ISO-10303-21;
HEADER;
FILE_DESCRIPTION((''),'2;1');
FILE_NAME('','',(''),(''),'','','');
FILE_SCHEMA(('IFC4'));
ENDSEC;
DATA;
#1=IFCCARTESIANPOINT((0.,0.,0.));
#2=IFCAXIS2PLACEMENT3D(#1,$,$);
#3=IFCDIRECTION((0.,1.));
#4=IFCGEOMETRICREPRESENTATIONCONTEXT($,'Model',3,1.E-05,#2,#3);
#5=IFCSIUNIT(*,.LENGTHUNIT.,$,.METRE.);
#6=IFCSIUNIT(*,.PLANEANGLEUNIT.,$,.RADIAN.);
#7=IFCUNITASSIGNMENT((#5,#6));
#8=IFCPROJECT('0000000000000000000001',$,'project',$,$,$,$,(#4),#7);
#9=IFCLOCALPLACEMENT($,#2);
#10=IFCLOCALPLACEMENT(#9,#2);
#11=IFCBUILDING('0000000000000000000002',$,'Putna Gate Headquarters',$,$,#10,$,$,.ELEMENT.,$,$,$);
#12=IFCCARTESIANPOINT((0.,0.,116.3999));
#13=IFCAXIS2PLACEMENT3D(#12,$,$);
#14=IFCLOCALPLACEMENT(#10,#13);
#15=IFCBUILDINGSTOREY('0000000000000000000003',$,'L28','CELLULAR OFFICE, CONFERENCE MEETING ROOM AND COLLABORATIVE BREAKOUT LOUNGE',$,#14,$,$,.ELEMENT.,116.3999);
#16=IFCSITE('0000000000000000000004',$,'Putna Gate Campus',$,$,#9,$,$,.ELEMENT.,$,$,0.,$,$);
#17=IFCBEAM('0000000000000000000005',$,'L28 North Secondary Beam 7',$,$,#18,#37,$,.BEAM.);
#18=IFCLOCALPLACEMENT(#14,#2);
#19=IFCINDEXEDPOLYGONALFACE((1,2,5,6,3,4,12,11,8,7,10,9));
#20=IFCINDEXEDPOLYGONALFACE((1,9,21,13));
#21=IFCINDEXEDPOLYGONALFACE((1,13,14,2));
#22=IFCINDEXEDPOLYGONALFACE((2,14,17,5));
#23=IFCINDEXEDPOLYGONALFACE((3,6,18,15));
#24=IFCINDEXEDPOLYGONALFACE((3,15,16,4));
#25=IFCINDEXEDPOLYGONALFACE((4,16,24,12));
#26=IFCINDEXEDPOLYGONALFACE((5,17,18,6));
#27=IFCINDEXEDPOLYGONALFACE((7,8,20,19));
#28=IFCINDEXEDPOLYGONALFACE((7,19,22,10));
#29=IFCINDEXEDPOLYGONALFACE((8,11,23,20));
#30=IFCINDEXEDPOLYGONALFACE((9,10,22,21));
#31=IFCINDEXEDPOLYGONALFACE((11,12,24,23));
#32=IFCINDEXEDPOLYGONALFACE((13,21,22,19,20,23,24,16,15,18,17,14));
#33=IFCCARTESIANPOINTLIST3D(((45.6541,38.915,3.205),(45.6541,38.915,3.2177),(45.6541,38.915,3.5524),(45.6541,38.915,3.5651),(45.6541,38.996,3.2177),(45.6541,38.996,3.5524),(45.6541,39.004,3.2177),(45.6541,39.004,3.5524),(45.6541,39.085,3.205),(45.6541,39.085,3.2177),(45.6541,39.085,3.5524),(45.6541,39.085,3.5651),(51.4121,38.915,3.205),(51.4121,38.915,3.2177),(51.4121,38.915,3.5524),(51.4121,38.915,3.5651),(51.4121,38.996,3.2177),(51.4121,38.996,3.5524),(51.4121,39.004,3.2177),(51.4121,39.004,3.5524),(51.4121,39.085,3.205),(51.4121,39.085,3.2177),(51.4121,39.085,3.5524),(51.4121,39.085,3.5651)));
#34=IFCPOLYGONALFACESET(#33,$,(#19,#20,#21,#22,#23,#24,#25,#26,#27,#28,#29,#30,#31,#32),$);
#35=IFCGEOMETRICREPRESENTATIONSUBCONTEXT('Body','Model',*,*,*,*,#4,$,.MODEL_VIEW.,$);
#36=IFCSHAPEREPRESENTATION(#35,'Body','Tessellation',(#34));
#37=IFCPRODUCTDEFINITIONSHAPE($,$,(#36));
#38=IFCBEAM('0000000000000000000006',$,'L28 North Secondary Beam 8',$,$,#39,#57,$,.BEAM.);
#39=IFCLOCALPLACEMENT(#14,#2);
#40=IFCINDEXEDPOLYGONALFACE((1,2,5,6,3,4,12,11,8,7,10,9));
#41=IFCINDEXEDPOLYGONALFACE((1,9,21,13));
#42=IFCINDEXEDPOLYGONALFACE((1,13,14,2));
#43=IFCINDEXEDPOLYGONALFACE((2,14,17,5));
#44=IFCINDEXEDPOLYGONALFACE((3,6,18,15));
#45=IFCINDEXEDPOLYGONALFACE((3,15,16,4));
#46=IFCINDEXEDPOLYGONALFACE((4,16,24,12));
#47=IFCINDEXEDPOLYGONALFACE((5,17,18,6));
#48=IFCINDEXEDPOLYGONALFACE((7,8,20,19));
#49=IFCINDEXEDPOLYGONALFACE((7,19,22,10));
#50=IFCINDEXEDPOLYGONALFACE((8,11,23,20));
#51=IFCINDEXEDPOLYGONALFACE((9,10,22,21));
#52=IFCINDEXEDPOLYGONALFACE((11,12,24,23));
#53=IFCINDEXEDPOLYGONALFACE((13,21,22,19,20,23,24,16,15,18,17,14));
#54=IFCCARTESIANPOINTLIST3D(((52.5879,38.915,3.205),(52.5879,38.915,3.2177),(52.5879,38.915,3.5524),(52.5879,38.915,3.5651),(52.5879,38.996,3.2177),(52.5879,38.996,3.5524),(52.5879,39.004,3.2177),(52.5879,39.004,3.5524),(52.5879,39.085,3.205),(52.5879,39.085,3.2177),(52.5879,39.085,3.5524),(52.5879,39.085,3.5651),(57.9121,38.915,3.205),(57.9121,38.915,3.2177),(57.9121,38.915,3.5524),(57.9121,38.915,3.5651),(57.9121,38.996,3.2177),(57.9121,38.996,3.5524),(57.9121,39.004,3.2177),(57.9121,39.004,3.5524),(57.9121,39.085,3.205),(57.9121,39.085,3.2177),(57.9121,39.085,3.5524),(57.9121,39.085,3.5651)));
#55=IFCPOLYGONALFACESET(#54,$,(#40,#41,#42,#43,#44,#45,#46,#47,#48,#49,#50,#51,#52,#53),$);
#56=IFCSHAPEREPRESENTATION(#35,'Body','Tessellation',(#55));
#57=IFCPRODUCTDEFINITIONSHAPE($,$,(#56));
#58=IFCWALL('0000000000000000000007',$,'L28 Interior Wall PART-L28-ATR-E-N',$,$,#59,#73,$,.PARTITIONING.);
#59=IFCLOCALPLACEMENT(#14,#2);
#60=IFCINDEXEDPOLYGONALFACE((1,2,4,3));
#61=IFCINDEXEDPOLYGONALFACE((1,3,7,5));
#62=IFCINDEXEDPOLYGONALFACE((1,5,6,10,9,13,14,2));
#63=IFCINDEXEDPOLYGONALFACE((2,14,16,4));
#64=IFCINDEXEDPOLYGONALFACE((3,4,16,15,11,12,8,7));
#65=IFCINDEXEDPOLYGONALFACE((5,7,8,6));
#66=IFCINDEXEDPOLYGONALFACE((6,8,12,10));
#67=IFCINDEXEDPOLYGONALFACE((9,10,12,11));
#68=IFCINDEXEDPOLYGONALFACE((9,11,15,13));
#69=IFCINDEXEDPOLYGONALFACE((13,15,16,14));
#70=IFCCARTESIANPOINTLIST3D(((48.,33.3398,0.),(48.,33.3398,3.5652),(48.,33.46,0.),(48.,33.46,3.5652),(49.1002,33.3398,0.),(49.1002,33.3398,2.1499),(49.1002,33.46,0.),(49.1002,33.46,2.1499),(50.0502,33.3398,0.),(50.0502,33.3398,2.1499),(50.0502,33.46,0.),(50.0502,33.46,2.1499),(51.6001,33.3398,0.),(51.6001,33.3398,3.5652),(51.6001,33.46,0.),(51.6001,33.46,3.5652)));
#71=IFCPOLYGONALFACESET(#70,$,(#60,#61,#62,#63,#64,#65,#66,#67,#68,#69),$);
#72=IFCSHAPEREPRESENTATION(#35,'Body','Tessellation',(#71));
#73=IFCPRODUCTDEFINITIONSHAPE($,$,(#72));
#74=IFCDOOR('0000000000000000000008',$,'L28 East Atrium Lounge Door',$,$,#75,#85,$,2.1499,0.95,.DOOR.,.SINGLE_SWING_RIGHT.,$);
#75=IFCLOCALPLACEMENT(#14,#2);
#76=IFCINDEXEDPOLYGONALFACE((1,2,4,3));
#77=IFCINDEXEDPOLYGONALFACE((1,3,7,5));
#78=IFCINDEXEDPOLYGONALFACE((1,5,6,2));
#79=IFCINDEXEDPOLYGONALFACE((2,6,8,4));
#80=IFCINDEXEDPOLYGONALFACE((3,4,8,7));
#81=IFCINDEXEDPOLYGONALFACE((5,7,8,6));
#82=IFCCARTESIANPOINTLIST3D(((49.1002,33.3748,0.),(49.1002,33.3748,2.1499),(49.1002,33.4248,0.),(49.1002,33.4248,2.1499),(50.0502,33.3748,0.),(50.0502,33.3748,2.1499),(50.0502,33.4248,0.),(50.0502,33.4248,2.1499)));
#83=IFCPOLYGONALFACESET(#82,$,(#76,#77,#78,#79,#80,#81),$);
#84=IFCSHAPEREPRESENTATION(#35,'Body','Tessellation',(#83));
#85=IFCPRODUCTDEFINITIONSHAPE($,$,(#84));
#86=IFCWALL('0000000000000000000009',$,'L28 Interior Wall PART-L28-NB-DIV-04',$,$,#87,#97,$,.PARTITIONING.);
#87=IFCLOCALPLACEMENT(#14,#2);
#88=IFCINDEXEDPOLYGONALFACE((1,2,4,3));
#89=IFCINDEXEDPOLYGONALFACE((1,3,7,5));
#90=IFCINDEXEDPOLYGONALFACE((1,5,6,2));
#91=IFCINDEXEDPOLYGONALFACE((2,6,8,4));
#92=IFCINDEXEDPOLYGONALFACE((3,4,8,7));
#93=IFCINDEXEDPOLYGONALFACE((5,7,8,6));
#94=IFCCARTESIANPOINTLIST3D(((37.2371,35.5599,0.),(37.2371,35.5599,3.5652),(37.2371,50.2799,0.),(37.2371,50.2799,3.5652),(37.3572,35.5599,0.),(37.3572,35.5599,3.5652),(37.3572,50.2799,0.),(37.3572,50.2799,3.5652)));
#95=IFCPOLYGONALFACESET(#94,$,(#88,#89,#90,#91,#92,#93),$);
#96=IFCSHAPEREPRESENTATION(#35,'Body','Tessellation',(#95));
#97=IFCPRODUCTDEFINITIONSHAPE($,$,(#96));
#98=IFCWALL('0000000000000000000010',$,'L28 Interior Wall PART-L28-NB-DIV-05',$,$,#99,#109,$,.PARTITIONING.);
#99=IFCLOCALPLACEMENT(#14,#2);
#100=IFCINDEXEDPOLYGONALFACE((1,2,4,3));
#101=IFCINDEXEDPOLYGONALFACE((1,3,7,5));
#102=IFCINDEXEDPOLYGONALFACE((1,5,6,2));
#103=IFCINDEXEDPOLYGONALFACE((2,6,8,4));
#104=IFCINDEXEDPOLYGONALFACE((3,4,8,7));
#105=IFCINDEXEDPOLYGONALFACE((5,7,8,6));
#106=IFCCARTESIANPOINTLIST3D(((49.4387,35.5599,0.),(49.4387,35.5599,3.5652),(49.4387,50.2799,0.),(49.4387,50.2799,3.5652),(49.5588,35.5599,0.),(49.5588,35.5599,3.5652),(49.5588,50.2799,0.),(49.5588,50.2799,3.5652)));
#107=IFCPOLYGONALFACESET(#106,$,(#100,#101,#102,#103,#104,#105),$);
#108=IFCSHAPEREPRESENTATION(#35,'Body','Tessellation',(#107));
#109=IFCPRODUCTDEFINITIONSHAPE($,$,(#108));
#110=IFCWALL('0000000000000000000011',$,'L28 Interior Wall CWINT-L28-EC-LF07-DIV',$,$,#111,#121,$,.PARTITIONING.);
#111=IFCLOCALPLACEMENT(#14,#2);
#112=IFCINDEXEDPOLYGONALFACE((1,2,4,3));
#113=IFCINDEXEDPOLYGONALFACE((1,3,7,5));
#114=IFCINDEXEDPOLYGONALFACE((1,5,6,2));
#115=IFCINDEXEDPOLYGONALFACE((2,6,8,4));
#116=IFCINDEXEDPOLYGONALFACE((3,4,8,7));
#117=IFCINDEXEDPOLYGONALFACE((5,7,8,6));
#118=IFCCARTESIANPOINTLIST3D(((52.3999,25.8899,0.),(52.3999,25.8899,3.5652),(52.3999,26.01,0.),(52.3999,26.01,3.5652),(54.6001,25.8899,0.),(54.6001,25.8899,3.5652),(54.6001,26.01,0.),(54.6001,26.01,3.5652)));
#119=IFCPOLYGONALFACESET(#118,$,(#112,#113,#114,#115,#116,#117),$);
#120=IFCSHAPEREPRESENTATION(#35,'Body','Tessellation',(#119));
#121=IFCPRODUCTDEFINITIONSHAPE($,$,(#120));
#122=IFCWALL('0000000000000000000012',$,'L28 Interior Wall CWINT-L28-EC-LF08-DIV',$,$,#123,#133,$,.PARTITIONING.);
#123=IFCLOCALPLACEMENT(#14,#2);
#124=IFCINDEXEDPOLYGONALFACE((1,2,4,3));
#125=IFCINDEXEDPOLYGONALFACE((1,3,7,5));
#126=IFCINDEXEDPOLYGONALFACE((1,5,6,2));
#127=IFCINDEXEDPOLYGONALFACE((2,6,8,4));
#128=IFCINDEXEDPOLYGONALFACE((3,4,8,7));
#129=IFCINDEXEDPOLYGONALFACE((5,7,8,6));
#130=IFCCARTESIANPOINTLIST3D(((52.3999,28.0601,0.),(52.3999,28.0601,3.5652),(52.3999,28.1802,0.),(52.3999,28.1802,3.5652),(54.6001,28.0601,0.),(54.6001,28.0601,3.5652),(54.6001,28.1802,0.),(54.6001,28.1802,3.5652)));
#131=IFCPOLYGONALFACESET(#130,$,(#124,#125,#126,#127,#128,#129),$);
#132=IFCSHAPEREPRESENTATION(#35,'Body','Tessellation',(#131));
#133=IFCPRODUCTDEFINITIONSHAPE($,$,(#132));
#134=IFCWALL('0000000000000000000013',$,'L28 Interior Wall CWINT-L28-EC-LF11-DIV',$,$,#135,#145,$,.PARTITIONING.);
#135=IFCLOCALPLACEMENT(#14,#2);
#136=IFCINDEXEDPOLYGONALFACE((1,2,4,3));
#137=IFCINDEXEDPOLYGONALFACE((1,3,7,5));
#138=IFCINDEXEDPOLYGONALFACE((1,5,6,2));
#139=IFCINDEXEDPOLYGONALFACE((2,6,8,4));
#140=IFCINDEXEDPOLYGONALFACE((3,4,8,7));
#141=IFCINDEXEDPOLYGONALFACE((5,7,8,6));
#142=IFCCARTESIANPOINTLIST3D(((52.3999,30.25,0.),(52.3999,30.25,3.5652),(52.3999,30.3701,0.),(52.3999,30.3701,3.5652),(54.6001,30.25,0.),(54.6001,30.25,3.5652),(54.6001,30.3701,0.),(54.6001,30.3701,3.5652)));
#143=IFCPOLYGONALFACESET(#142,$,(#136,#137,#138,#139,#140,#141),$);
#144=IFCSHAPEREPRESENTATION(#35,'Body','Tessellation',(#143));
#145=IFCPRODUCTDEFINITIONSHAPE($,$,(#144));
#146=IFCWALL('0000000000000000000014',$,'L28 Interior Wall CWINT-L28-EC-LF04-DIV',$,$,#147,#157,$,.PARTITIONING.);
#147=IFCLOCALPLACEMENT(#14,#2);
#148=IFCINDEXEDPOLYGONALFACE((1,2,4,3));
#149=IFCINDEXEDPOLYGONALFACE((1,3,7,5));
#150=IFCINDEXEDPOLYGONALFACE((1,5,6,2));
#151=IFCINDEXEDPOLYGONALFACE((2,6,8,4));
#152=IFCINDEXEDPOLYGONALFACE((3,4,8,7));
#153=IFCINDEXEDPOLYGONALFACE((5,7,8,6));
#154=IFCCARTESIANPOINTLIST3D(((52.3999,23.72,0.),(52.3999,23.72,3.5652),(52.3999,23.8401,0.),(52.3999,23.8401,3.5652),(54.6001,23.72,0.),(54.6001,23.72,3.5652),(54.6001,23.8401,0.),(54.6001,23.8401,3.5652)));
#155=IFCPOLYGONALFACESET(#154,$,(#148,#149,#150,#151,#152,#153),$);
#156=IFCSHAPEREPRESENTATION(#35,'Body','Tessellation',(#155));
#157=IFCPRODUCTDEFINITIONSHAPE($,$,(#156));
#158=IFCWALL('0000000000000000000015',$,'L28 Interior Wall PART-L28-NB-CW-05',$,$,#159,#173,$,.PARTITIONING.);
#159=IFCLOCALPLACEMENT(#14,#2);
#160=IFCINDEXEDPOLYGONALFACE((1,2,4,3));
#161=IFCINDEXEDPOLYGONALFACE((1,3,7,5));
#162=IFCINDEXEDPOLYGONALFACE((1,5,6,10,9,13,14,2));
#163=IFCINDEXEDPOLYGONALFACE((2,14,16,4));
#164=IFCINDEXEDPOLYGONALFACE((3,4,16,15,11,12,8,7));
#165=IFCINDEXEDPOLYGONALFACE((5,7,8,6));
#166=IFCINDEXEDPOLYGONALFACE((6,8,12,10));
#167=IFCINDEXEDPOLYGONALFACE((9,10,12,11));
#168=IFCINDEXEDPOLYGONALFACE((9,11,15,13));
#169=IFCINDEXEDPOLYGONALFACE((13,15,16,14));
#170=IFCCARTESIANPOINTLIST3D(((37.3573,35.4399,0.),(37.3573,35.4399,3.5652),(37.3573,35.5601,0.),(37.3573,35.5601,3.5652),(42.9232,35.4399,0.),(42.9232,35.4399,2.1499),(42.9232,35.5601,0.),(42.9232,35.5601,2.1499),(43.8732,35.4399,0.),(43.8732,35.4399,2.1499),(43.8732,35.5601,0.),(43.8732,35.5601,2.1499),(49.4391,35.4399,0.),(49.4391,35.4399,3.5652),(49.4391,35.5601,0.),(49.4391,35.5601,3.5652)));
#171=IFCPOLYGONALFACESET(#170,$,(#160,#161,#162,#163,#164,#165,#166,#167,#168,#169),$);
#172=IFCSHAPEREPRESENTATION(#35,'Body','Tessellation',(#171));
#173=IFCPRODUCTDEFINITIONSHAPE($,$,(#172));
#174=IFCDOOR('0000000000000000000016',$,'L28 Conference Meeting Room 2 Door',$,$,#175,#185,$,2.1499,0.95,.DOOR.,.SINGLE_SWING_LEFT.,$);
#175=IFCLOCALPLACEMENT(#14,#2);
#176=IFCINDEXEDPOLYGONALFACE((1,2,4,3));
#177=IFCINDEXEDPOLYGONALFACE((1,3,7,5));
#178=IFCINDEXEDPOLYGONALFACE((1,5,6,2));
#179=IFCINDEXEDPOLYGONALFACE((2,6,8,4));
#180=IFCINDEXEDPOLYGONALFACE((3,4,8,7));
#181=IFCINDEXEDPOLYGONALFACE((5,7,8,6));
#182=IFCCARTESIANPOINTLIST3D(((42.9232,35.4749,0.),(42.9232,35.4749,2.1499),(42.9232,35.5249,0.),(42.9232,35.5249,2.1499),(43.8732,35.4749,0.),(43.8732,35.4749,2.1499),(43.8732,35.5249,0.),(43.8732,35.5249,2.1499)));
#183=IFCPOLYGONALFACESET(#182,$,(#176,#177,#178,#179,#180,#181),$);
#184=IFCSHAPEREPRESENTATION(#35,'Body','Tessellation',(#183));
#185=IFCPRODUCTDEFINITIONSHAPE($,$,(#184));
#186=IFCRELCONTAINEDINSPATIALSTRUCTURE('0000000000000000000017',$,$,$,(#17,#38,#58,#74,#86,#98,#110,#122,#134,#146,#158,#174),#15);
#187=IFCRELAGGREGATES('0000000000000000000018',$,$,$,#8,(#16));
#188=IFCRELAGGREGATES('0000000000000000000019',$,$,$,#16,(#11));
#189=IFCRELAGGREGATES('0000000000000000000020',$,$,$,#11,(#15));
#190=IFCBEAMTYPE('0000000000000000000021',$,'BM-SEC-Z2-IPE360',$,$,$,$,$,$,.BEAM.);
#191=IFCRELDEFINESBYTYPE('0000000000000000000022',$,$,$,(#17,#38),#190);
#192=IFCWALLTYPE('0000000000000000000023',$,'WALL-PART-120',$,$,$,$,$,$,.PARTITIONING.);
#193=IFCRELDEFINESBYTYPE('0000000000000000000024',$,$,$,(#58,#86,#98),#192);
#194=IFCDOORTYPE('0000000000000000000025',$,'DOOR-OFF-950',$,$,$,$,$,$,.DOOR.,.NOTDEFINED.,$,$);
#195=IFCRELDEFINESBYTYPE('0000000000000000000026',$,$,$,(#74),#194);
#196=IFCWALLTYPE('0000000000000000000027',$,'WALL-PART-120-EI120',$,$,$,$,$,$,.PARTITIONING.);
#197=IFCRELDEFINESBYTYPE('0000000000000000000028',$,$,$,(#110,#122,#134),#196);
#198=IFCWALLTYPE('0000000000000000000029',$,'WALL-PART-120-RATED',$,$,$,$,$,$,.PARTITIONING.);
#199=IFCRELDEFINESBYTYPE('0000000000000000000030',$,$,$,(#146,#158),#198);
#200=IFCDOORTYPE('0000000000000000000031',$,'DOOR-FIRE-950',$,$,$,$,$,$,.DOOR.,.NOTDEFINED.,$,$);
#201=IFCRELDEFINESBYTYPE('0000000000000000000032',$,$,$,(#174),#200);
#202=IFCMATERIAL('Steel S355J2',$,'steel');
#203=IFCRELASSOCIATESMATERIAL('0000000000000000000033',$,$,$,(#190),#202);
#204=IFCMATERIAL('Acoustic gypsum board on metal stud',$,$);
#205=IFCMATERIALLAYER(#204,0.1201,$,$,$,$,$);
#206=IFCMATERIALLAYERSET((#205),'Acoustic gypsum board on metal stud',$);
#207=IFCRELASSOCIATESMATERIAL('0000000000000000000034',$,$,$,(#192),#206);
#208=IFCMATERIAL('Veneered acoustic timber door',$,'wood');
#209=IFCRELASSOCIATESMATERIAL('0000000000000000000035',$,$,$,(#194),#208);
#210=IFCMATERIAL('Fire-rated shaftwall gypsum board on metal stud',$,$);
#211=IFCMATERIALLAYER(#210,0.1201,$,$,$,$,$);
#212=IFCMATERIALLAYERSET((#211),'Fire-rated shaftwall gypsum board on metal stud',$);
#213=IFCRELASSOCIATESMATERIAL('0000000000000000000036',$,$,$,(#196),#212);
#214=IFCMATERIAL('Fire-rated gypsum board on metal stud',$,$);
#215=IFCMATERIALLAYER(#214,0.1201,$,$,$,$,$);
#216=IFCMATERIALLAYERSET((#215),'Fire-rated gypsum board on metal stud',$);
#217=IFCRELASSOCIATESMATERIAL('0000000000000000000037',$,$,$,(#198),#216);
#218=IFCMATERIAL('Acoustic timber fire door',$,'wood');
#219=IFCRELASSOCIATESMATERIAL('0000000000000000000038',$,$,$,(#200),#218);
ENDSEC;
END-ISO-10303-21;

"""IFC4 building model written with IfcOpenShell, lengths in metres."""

from ifc_helpers import new_model, si_unit, direction, frame, frame_2d, origin, origin_2d, place, context, subcontext, project, spatial, rectangle, i_section, extrude, material, layer, layer_set, material_profile, profile_set, type_object, element, fill, save


model = new_model("IFC4")

# Units and contexts
model_context = context("Model", 3, precision=1e-05, world=origin(), true_north=direction((0.0, 1.0)))
body_context = subcontext(model_context, "Body", "Model", "MODEL_VIEW")
ifc_project = project(units=[si_unit("LENGTHUNIT", "METRE"), si_unit("PLANEANGLEUNIT", "RADIAN")], contexts=[model_context])

# Site, building, storey
site_placement = place(None, origin())
site = spatial("IfcSite", under=ifc_project, at=site_placement, Name="Putna Gate Campus", CompositionType="ELEMENT", RefElevation=0.0)
building_placement = place(site_placement, origin())
building = spatial("IfcBuilding", under=site, at=building_placement, Name="Putna Gate Headquarters", CompositionType="ELEMENT")
storey_placement = place(building_placement, frame((0.0, 0.0, 116.3999)))
storey = spatial("IfcBuildingStorey", under=building, at=storey_placement, Name="L28", Description="CELLULAR OFFICE, CONFERENCE MEETING ROOM AND COLLABORATIVE BREAKOUT LOUNGE", CompositionType="ELEMENT", Elevation=116.3999)

# Beams
ifc_material_1 = material(Name="Steel S355J2", Category="steel")
ifc_material_profile_1 = material_profile(ifc_material_1, i_section(OverallWidth=0.1699, OverallDepth=0.3601, WebThickness=0.0081, FlangeThickness=0.0127, at=origin_2d()), Name="Steel S355J2")
ifc_profile_set_1 = profile_set([ifc_material_profile_1], Name="Steel S355J2")
beam_type_1 = type_object("IfcBeamType", Name="BM-SEC-Z2-IPE360", PredefinedType="BEAM", material=ifc_profile_set_1)
beam_1_placement = place(storey_placement, frame((45.6541, 39.0, 3.385), z_axis=(1.0, 0.0, 0.0), x_axis=(0.0, 1.0, 0.0)))
element("IfcBeam", 1, at=beam_1_placement, inside=storey, type_object=beam_type_1, Name="L28 North Secondary Beam 7", PredefinedType="BEAM", context=body_context, shape_type="SweptSolid", body=[
    extrude(i_section(OverallWidth=0.1699, OverallDepth=0.3601, WebThickness=0.0081, FlangeThickness=0.0127, at=origin_2d()), origin(), (0.0, 0.0, 1.0), 5.7581),
])
beam_2_placement = place(storey_placement, frame((52.5879, 39.0, 3.385), z_axis=(1.0, 0.0, 0.0), x_axis=(0.0, 1.0, 0.0)))
element("IfcBeam", 2, at=beam_2_placement, inside=storey, type_object=beam_type_1, Name="L28 North Secondary Beam 8", PredefinedType="BEAM", context=body_context, shape_type="SweptSolid", body=[
    extrude(i_section(OverallWidth=0.1699, OverallDepth=0.3601, WebThickness=0.0081, FlangeThickness=0.0127, at=origin_2d()), origin(), (0.0, 0.0, 1.0), 5.3242),
])

# Wall, opening, door
ifc_material_2 = material(Name="Acoustic gypsum board on metal stud")
ifc_layer_1 = layer(ifc_material_2, 0.1201)
ifc_layer_set_1 = layer_set([ifc_layer_1], Name="Acoustic gypsum board on metal stud")
wall_type_1 = type_object("IfcWallType", Name="WALL-PART-120", PredefinedType="PARTITIONING", material=ifc_layer_set_1)
wall_1_placement = place(storey_placement, frame((48.0, 33.3999, 0.0), z_axis=(0.0, 0.0, 1.0), x_axis=(1.0, 0.0, 0.0)))
wall_1 = element("IfcWall", 3, at=wall_1_placement, inside=storey, type_object=wall_type_1, Name="L28 Interior Wall PART-L28-ATR-E-N", PredefinedType="PARTITIONING", context=body_context, shape_type="SweptSolid", body=[
    extrude(rectangle(XDim=3.6001, YDim=0.1201, at=frame_2d((1.8, 0.0))), origin(), (0.0, 0.0, 1.0), 3.5652),
])
opening_1_placement = place(wall_1_placement, frame((1.1001, 0.0, 0.0)))
opening_1 = element("IfcOpeningElement", 4, at=opening_1_placement, cuts=wall_1, PredefinedType="OPENING", context=body_context, shape_type="SweptSolid", body=[
    extrude(rectangle(XDim=0.95, YDim=2.1499, at=frame_2d((0.4751, 1.075))), frame((0.0, 0.0701, 0.0), z_axis=(0.0, -1.0, 0.0), x_axis=(1.0, 0.0, 0.0)), (0.0, 0.0, 1.0), 0.1401),
])
ifc_material_3 = material(Name="Veneered acoustic timber door", Category="wood")
door_type_1 = type_object("IfcDoorType", Name="DOOR-OFF-950", OperationType="NOTDEFINED", PredefinedType="DOOR", material=ifc_material_3)
door_1_placement = place(opening_1_placement, origin())
door_1 = element("IfcDoor", 5, at=door_1_placement, inside=storey, type_object=door_type_1, Name="L28 East Atrium Lounge Door", OperationType="SINGLE_SWING_RIGHT", OverallHeight=2.1499, OverallWidth=0.95, PredefinedType="DOOR", context=body_context, shape_type="SweptSolid", body=[
    extrude(rectangle(XDim=0.95, YDim=2.1499, at=frame_2d((0.4751, 1.075))), frame((0.0, 0.0249, 0.0), z_axis=(0.0, -1.0, 0.0), x_axis=(1.0, 0.0, 0.0)), (0.0, 0.0, 1.0), 0.05),
])
fill(opening_1, door_1)

# Walls
for number, where, z_axis, x_axis, name in (
    (6, (37.2971, 35.5601, 0.0), (0.0, 0.0, 1.0), (0.0, 1.0, 0.0), "L28 Interior Wall PART-L28-NB-DIV-04"),
    (7, (49.4988, 35.5601, 0.0), (0.0, 0.0, 1.0), (0.0, 1.0, 0.0), "L28 Interior Wall PART-L28-NB-DIV-05"),
):
    element("IfcWall", number, at=place(storey_placement, frame(where, z_axis=z_axis, x_axis=x_axis)), inside=storey, type_object=wall_type_1, Name=name, PredefinedType="PARTITIONING", context=body_context, shape_type="SweptSolid", body=[
        extrude(rectangle(XDim=14.72, YDim=0.1201, at=frame_2d((7.3599, 0.0))), origin(), (0.0, 0.0, 1.0), 3.5652),
    ])
ifc_material_4 = material(Name="Fire-rated shaftwall gypsum board on metal stud")
ifc_layer_2 = layer(ifc_material_4, 0.1201)
ifc_layer_set_2 = layer_set([ifc_layer_2], Name="Fire-rated shaftwall gypsum board on metal stud")
wall_type_2 = type_object("IfcWallType", Name="WALL-PART-120-EI120", PredefinedType="PARTITIONING", material=ifc_layer_set_2)
for number, where, z_axis, x_axis, name in (
    (8, (52.3999, 25.95, 0.0), (0.0, 0.0, 1.0), (1.0, 0.0, 0.0), "L28 Interior Wall CWINT-L28-EC-LF07-DIV"),
    (9, (52.3999, 28.1201, 0.0), (0.0, 0.0, 1.0), (1.0, 0.0, 0.0), "L28 Interior Wall CWINT-L28-EC-LF08-DIV"),
    (10, (52.3999, 30.3101, 0.0), (0.0, 0.0, 1.0), (1.0, 0.0, 0.0), "L28 Interior Wall CWINT-L28-EC-LF11-DIV"),
):
    element("IfcWall", number, at=place(storey_placement, frame(where, z_axis=z_axis, x_axis=x_axis)), inside=storey, type_object=wall_type_2, Name=name, PredefinedType="PARTITIONING", context=body_context, shape_type="SweptSolid", body=[
        extrude(rectangle(XDim=2.2002, YDim=0.1201, at=frame_2d((1.1001, 0.0))), origin(), (0.0, 0.0, 1.0), 3.5652),
    ])
ifc_material_5 = material(Name="Fire-rated gypsum board on metal stud")
ifc_layer_3 = layer(ifc_material_5, 0.1201)
ifc_layer_set_3 = layer_set([ifc_layer_3], Name="Fire-rated gypsum board on metal stud")
wall_type_3 = type_object("IfcWallType", Name="WALL-PART-120-RATED", PredefinedType="PARTITIONING", material=ifc_layer_set_3)
wall_2_placement = place(storey_placement, frame((52.3999, 23.78, 0.0), z_axis=(0.0, 0.0, 1.0), x_axis=(1.0, 0.0, 0.0)))
element("IfcWall", 11, at=wall_2_placement, inside=storey, type_object=wall_type_3, Name="L28 Interior Wall CWINT-L28-EC-LF04-DIV", PredefinedType="PARTITIONING", context=body_context, shape_type="SweptSolid", body=[
    extrude(rectangle(XDim=2.2002, YDim=0.1201, at=frame_2d((1.1001, 0.0))), origin(), (0.0, 0.0, 1.0), 3.5652),
])

# Wall, opening, door
wall_3_placement = place(storey_placement, frame((37.3572, 35.5, 0.0), z_axis=(0.0, 0.0, 1.0), x_axis=(1.0, 0.0, 0.0)))
wall_3 = element("IfcWall", 12, at=wall_3_placement, inside=storey, type_object=wall_type_3, Name="L28 Interior Wall PART-L28-NB-CW-05", PredefinedType="PARTITIONING", context=body_context, shape_type="SweptSolid", body=[
    extrude(rectangle(XDim=12.0818, YDim=0.1201, at=frame_2d((6.041, 0.0))), origin(), (0.0, 0.0, 1.0), 3.5652),
])
opening_2_placement = place(wall_3_placement, frame((5.5659, 0.0, 0.0)))
opening_2 = element("IfcOpeningElement", 13, at=opening_2_placement, cuts=wall_3, PredefinedType="OPENING", context=body_context, shape_type="SweptSolid", body=[
    extrude(rectangle(XDim=0.95, YDim=2.1499, at=frame_2d((0.4751, 1.075))), frame((0.0, 0.0701, 0.0), z_axis=(0.0, -1.0, 0.0), x_axis=(1.0, 0.0, 0.0)), (0.0, 0.0, 1.0), 0.1401),
])
ifc_material_6 = material(Name="Acoustic timber fire door", Category="wood")
door_type_2 = type_object("IfcDoorType", Name="DOOR-FIRE-950", OperationType="NOTDEFINED", PredefinedType="DOOR", material=ifc_material_6)
door_2_placement = place(opening_2_placement, origin())
door_2 = element("IfcDoor", 14, at=door_2_placement, inside=storey, type_object=door_type_2, Name="L28 Conference Meeting Room 2 Door", OperationType="SINGLE_SWING_LEFT", OverallHeight=2.1499, OverallWidth=0.95, PredefinedType="DOOR", context=body_context, shape_type="SweptSolid", body=[
    extrude(rectangle(XDim=0.95, YDim=2.1499, at=frame_2d((0.4751, 1.075))), frame((0.0, 0.0249, 0.0), z_axis=(0.0, -1.0, 0.0), x_axis=(1.0, 0.0, 0.0)), (0.0, 0.0, 1.0), 0.05),
])
fill(opening_2, door_2)

save(model, "model.ifc")
